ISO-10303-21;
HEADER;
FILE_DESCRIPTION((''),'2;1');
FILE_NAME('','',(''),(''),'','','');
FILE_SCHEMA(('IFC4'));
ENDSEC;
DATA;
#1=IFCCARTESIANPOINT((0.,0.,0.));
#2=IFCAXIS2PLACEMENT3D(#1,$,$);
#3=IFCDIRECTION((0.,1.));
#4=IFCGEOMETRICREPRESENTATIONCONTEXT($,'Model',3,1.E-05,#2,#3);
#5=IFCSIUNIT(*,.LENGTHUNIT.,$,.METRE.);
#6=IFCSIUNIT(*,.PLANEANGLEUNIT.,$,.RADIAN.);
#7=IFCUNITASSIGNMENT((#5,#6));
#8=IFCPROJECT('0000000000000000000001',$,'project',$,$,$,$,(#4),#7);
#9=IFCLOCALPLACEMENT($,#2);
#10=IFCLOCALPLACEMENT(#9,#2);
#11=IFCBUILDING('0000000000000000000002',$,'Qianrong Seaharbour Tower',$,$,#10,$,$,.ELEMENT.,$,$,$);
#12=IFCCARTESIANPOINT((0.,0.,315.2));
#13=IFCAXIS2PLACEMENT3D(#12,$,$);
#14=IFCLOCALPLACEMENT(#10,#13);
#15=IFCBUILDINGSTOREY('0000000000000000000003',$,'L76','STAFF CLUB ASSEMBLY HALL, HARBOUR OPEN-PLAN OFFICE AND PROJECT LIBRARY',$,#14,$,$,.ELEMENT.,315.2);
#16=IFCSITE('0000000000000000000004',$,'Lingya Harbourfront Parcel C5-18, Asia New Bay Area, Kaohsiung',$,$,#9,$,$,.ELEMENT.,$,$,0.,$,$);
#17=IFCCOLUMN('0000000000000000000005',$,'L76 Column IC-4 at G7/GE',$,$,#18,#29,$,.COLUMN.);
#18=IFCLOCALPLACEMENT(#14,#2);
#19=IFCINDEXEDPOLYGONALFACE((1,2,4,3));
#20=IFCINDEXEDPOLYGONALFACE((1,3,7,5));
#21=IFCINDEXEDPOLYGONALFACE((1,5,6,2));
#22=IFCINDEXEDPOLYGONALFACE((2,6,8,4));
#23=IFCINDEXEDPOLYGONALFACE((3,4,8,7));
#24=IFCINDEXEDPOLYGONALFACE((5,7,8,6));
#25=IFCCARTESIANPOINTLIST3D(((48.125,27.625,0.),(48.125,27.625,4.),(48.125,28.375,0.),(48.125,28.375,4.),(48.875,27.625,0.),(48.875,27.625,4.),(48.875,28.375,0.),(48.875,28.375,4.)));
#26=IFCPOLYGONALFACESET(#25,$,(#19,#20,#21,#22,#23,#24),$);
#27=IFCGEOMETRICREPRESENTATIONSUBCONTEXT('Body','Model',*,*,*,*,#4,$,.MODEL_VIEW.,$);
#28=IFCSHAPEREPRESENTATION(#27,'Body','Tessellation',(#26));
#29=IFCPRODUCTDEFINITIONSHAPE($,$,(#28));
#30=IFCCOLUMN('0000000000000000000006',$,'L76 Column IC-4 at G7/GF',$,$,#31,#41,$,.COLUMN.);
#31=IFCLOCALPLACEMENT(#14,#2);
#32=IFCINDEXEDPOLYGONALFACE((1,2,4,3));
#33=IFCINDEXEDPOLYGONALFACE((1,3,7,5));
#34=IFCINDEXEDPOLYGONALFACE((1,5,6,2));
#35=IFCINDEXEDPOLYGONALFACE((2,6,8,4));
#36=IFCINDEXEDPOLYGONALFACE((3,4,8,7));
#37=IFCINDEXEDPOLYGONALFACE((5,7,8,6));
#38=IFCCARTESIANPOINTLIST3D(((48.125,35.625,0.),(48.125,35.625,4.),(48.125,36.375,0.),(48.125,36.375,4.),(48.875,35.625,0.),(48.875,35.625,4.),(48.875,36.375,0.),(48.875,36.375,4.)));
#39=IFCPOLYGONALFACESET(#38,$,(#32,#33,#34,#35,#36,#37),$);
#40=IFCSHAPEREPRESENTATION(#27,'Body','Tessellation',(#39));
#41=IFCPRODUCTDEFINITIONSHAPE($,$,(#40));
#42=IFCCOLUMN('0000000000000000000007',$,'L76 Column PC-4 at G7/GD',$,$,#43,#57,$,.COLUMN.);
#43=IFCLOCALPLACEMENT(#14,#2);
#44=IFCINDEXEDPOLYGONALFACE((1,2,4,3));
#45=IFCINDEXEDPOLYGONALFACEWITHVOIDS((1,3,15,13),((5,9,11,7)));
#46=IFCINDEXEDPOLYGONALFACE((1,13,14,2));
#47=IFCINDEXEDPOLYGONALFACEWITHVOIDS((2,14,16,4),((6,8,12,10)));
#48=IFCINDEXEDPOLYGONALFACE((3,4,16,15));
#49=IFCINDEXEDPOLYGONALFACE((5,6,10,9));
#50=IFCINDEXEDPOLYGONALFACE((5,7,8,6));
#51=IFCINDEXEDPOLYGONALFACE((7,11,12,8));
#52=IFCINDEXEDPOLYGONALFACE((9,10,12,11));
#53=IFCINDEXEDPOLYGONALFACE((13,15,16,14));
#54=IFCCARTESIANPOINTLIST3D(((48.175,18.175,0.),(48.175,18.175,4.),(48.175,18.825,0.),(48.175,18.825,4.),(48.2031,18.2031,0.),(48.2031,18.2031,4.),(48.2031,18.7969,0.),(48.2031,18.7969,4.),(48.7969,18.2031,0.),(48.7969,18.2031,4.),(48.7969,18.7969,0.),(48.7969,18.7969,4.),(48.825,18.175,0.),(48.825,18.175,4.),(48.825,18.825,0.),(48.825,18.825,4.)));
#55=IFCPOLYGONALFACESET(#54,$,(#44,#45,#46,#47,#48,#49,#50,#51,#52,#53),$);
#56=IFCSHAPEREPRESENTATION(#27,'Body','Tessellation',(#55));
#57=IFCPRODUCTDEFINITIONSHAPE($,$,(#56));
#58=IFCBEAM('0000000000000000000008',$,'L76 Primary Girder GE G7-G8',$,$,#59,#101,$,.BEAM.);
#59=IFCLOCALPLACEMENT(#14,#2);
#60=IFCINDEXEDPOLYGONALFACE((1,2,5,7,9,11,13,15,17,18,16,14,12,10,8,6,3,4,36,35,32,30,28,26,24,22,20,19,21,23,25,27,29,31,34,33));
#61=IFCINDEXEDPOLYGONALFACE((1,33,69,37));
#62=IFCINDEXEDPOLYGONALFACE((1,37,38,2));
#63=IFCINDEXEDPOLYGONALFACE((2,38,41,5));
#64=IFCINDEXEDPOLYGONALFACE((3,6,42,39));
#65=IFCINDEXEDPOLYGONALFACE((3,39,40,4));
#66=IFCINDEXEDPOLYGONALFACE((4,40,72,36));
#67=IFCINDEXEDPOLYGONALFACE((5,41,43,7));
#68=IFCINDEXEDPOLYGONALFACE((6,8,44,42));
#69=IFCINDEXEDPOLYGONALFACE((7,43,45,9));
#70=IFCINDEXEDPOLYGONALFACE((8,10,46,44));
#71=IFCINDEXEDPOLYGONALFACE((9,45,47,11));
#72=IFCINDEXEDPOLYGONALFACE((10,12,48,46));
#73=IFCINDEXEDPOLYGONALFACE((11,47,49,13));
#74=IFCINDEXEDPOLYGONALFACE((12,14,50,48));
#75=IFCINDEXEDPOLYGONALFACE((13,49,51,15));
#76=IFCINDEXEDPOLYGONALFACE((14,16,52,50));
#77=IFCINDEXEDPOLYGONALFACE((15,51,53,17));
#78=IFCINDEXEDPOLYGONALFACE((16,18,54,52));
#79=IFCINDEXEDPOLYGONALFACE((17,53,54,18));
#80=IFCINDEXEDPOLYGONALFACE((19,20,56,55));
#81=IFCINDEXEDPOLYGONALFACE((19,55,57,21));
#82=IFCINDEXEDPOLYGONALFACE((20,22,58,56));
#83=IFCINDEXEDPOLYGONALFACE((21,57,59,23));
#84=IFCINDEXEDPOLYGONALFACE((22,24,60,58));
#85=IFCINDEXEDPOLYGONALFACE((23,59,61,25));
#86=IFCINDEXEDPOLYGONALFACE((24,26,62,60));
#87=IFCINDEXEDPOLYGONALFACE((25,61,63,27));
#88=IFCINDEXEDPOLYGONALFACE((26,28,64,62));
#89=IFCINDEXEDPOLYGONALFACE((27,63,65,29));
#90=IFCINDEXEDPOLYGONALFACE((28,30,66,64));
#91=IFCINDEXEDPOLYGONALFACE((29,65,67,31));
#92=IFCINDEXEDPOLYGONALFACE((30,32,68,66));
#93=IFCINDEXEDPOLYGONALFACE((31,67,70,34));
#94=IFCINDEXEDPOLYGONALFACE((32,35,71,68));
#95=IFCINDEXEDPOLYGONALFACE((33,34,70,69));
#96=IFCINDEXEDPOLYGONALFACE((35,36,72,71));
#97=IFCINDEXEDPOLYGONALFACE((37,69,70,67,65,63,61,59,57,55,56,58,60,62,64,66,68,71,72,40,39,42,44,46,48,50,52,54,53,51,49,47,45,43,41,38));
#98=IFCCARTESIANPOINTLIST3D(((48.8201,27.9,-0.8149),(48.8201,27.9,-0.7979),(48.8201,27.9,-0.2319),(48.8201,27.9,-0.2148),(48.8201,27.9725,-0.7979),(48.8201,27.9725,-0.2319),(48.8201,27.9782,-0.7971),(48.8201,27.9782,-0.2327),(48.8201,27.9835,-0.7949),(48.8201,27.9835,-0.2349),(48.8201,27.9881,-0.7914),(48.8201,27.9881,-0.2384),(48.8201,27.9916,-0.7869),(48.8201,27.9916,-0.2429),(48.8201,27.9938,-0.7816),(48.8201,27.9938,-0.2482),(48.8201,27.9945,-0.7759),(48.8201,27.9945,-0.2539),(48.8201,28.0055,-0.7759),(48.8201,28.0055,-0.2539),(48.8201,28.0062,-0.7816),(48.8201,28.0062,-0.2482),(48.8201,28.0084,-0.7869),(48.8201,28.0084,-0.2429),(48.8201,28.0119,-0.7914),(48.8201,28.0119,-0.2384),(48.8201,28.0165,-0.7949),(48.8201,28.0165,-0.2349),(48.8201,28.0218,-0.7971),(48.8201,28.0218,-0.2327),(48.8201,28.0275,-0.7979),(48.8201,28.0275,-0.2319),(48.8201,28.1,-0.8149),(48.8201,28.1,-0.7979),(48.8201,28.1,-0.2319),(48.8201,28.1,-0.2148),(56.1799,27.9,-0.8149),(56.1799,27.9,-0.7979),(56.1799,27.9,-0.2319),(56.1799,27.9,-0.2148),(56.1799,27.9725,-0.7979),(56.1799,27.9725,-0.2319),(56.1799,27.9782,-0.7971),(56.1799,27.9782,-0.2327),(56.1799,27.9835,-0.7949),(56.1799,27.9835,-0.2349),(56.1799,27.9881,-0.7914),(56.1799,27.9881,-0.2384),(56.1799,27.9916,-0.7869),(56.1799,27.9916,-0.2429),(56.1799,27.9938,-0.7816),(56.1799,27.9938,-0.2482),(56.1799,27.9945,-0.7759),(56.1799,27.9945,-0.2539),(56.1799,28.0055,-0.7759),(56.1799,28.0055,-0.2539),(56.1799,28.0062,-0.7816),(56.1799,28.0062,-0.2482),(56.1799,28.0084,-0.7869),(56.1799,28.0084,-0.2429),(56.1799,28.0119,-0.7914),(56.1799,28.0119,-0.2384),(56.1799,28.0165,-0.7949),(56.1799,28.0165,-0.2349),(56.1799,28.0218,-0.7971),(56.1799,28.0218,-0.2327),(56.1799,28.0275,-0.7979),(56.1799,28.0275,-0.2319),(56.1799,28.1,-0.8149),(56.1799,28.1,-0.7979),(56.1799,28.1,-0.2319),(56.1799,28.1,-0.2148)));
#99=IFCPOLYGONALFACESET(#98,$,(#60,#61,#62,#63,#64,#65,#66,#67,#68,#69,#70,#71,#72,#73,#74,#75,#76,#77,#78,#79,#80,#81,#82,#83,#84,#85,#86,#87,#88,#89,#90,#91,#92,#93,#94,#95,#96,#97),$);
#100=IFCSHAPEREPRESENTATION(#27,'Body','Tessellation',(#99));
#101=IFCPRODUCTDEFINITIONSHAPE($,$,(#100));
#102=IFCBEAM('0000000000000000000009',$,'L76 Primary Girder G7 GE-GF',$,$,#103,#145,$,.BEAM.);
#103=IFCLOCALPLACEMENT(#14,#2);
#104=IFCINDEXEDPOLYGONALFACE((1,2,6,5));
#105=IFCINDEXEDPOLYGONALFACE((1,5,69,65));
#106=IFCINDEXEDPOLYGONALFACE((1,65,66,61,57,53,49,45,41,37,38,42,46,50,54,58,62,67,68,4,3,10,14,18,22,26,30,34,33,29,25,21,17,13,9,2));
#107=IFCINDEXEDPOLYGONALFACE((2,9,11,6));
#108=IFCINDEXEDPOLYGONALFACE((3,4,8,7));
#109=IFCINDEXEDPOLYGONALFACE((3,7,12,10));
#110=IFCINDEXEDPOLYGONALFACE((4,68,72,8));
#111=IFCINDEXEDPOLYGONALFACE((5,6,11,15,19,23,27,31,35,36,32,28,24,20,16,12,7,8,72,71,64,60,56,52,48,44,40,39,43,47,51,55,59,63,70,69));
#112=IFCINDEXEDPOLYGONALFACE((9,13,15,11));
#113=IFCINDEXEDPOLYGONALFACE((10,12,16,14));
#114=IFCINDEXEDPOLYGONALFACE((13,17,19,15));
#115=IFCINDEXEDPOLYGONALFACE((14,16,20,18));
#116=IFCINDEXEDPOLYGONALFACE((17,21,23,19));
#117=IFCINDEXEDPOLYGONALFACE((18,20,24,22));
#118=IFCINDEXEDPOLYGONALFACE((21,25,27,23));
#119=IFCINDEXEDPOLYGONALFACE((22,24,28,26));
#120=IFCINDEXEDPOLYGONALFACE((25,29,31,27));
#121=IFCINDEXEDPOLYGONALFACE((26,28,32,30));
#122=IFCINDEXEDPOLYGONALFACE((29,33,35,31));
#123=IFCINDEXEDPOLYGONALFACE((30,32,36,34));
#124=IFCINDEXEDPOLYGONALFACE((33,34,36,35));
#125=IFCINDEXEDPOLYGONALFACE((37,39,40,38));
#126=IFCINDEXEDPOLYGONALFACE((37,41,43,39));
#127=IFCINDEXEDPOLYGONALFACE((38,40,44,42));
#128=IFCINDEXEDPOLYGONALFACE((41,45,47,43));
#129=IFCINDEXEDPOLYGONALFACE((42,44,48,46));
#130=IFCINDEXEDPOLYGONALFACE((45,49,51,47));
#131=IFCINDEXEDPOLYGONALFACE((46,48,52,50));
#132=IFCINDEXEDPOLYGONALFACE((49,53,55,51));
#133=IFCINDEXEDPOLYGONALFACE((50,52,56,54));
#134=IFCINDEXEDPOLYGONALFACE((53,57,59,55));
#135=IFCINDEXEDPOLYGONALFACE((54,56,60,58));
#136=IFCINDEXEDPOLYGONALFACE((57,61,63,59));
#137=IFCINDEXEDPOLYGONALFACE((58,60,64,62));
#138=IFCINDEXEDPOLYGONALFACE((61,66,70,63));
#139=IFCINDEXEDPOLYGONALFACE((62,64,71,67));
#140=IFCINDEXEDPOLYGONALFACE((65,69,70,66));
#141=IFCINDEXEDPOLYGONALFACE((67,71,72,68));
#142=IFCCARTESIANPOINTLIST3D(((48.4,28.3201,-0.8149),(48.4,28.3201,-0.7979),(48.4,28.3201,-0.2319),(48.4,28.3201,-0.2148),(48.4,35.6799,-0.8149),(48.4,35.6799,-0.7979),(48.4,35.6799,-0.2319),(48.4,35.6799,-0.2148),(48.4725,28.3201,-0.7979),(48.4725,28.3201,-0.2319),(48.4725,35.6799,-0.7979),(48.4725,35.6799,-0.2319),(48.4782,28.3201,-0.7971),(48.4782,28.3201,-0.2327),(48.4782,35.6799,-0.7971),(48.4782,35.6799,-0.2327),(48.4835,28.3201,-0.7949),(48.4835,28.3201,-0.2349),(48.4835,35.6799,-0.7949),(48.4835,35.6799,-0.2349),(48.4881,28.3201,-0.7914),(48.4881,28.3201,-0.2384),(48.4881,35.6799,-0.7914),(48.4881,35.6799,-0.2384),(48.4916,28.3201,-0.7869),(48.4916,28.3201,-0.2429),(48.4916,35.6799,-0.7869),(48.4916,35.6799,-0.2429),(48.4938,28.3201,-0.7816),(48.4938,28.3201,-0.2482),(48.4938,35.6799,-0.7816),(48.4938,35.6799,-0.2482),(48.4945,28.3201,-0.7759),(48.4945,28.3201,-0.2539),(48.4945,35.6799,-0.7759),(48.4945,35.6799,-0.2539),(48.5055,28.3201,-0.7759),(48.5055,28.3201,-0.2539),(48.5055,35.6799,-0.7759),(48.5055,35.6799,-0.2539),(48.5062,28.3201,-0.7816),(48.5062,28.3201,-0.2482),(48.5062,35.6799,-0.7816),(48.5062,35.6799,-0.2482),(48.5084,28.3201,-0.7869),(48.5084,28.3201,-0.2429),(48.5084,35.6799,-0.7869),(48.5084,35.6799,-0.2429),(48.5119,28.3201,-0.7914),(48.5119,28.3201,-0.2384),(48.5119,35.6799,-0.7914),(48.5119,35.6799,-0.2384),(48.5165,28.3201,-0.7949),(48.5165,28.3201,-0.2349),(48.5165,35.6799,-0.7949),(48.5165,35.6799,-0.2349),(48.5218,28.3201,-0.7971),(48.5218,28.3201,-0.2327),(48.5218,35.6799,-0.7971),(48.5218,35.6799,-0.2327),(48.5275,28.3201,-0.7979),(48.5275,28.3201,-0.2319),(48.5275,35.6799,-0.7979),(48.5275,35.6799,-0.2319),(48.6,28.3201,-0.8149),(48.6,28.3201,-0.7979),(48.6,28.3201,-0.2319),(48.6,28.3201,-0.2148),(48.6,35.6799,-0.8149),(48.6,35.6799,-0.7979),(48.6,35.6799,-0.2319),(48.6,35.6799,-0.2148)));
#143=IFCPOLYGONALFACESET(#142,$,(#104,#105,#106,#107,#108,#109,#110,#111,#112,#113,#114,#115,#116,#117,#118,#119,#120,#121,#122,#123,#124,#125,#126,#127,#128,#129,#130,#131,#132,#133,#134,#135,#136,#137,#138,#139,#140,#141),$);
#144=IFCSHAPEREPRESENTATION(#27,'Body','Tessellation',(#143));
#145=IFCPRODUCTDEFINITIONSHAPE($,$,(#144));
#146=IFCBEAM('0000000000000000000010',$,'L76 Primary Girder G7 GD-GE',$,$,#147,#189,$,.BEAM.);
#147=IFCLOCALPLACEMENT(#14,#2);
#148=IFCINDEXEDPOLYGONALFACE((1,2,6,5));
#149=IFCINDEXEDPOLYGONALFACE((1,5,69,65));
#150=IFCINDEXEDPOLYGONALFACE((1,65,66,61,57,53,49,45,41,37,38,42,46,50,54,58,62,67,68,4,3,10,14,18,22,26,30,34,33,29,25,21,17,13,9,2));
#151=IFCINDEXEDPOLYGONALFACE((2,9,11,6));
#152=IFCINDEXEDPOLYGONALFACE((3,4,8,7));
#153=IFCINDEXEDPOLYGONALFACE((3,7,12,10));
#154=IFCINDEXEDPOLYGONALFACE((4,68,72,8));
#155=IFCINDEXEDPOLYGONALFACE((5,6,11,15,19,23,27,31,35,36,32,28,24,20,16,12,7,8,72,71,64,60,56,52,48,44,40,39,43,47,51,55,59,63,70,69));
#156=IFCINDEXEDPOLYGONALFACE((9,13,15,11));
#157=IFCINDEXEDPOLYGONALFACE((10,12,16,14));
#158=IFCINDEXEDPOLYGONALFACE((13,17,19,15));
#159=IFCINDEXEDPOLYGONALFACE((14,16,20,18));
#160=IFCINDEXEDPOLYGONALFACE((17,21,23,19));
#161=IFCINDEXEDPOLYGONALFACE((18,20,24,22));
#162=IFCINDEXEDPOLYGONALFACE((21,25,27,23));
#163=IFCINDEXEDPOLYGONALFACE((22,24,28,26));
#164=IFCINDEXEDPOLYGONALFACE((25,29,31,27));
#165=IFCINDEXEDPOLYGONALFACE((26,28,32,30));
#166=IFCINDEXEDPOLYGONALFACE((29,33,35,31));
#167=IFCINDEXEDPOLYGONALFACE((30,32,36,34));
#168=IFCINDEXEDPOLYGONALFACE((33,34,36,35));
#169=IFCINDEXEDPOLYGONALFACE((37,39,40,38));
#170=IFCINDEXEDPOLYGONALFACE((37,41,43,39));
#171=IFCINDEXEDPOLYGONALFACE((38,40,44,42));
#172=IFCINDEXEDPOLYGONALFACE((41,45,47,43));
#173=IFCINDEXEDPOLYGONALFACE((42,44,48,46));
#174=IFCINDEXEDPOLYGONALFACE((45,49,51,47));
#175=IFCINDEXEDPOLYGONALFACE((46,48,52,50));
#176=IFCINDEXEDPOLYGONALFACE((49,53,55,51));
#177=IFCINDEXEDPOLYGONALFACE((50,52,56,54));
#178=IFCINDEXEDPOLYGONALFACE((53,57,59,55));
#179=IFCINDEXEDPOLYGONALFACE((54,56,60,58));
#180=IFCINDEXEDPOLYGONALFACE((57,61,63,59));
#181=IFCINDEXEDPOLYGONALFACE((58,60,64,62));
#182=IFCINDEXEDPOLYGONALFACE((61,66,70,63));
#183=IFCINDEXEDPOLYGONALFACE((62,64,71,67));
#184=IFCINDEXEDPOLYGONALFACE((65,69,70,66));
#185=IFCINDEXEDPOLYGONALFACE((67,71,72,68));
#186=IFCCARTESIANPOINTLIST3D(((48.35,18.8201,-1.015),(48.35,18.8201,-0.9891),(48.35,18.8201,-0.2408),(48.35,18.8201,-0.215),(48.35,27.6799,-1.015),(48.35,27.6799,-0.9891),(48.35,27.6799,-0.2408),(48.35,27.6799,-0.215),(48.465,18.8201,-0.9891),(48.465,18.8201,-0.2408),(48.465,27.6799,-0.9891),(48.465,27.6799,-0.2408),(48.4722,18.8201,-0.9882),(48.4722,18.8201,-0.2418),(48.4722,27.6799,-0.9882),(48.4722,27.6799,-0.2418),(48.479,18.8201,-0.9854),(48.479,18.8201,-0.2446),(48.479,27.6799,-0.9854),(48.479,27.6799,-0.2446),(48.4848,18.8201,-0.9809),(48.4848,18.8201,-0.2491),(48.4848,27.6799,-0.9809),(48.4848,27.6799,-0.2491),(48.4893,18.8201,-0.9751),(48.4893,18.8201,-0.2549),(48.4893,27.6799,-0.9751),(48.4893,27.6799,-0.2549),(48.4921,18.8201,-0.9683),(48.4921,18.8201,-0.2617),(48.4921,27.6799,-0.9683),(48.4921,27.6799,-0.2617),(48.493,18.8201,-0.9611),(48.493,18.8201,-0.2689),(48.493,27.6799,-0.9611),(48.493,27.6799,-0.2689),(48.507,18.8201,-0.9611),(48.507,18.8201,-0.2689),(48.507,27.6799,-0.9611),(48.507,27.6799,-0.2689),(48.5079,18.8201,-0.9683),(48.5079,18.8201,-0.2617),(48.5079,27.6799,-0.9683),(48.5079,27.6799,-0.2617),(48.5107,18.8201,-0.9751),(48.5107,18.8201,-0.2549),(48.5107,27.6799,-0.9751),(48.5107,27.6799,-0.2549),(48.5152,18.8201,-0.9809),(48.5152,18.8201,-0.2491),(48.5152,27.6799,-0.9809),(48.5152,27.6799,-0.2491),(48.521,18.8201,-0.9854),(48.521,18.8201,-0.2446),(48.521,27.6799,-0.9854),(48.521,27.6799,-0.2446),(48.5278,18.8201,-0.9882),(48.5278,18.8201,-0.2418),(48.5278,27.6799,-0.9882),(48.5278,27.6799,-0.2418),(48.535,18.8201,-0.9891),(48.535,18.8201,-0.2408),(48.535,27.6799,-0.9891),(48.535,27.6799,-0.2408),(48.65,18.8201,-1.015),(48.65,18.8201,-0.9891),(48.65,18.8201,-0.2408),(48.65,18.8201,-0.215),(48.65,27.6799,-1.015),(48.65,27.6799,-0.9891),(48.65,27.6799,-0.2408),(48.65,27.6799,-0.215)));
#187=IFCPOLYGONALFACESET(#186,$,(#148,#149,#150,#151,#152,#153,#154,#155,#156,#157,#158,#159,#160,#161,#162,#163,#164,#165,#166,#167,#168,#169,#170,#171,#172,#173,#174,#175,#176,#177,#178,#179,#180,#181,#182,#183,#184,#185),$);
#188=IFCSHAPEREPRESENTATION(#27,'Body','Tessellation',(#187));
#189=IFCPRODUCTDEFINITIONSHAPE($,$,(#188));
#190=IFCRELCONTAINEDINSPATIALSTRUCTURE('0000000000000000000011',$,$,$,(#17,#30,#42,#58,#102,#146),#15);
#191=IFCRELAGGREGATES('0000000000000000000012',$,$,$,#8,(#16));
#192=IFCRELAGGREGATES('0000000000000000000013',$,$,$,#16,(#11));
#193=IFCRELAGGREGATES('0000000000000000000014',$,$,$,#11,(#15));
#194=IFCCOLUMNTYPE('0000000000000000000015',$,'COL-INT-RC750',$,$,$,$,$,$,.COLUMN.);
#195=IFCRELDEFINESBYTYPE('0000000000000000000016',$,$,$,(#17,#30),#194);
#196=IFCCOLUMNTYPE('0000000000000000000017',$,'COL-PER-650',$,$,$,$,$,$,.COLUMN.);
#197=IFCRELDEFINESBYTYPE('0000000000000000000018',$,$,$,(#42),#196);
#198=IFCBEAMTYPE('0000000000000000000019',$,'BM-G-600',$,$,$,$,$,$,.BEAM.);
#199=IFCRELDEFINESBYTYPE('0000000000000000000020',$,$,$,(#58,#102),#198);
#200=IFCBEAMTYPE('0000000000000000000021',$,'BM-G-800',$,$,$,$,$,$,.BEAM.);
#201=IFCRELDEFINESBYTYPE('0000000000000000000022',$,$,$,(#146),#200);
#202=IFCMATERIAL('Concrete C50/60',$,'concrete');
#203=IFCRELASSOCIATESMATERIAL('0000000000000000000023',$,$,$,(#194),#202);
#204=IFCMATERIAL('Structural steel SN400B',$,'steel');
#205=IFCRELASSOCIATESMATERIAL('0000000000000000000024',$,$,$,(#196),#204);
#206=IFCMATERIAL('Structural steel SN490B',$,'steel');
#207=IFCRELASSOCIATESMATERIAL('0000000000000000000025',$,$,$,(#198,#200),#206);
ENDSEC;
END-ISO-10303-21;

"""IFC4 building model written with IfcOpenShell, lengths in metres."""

from ifc_helpers import new_model, si_unit, direction, frame, origin, origin_2d, place, context, subcontext, project, spatial, rectangle, hollow_rectangle, i_section, extrude, material, material_profile, profile_set, type_object, element, save


model = new_model("IFC4")

# Units and contexts
model_context = context("Model", 3, precision=1e-05, world=origin(), true_north=direction((0.0, 1.0)))
body_context = subcontext(model_context, "Body", "Model", "MODEL_VIEW")
ifc_project = project(units=[si_unit("LENGTHUNIT", "METRE"), si_unit("PLANEANGLEUNIT", "RADIAN")], contexts=[model_context])

# Site, building, storey
site_placement = place(None, origin())
site = spatial("IfcSite", under=ifc_project, at=site_placement, Name="Lingya Harbourfront Parcel C5-18, Asia New Bay Area, Kaohsiung", CompositionType="ELEMENT", RefElevation=0.0)
building_placement = place(site_placement, origin())
building = spatial("IfcBuilding", under=site, at=building_placement, Name="Qianrong Seaharbour Tower", CompositionType="ELEMENT")
storey_placement = place(building_placement, frame((0.0, 0.0, 315.2)))
storey = spatial("IfcBuildingStorey", under=building, at=storey_placement, Name="L76", Description="STAFF CLUB ASSEMBLY HALL, HARBOUR OPEN-PLAN OFFICE AND PROJECT LIBRARY", CompositionType="ELEMENT", Elevation=315.2)

# Columns
ifc_material_1 = material(Name="Concrete C50/60", Category="concrete")
ifc_material_profile_1 = material_profile(ifc_material_1, rectangle(XDim=0.75, YDim=0.75, at=origin_2d()), Name="RC750x750")
ifc_profile_set_1 = profile_set([ifc_material_profile_1], Name="Concrete C50/60")
column_type_1 = type_object("IfcColumnType", Name="COL-INT-RC750", PredefinedType="COLUMN", material=ifc_profile_set_1)
for number, where, z_axis, x_axis, name in (
    (1, (48.5, 28.0, 0.0), (0.0, 0.0, 1.0), (1.0, 0.0, 0.0), "L76 Column IC-4 at G7/GE"),
    (2, (48.5, 36.0, 0.0), (0.0, 0.0, 1.0), (1.0, 0.0, 0.0), "L76 Column IC-4 at G7/GF"),
):
    element("IfcColumn", number, at=place(storey_placement, frame(where, z_axis=z_axis, x_axis=x_axis)), inside=storey, type_object=column_type_1, Name=name, PredefinedType="COLUMN", context=body_context, shape_type="SweptSolid", body=[
        extrude(rectangle(XDim=0.75, YDim=0.75, at=origin_2d()), origin(), (0.0, 0.0, 1.0), 4.0),
    ])
ifc_material_2 = material(Name="Structural steel SN400B", Category="steel")
ifc_material_profile_2 = material_profile(ifc_material_2, hollow_rectangle(XDim=0.6499, YDim=0.6499, WallThickness=0.0281, at=origin_2d()), Name="BOX650x650x28")
ifc_profile_set_2 = profile_set([ifc_material_profile_2], Name="Structural steel SN400B")
column_type_2 = type_object("IfcColumnType", Name="COL-PER-650", PredefinedType="COLUMN", material=ifc_profile_set_2)
column_placement = place(storey_placement, frame((48.5, 18.5, 0.0), z_axis=(0.0, 0.0, 1.0), x_axis=(1.0, 0.0, 0.0)))
element("IfcColumn", 3, at=column_placement, inside=storey, type_object=column_type_2, Name="L76 Column PC-4 at G7/GD", PredefinedType="COLUMN", context=body_context, shape_type="SweptSolid", body=[
    extrude(hollow_rectangle(XDim=0.6499, YDim=0.6499, WallThickness=0.0281, at=origin_2d()), origin(), (0.0, 0.0, 1.0), 4.0),
])

# Beams
ifc_material_3 = material(Name="Structural steel SN490B", Category="steel")
ifc_material_profile_3 = material_profile(ifc_material_3, i_section(OverallWidth=0.2, OverallDepth=0.6001, WebThickness=0.011, FlangeThickness=0.0171, FilletRadius=0.022, at=origin_2d()), Name="H600x200x11x17")
ifc_profile_set_3 = profile_set([ifc_material_profile_3], Name="Structural steel SN490B")
beam_type_1 = type_object("IfcBeamType", Name="BM-G-600", PredefinedType="BEAM", material=ifc_profile_set_3)
for number, where, z_axis, x_axis, name in (
    (4, (48.8201, 28.0, -0.5149), (1.0, 0.0, 0.0), (0.0, 1.0, 0.0), "L76 Primary Girder GE G7-G8"),
    (5, (48.5, 28.3201, -0.5149), (0.0, 1.0, 0.0), (-1.0, 0.0, 0.0), "L76 Primary Girder G7 GE-GF"),
):
    element("IfcBeam", number, at=place(storey_placement, frame(where, z_axis=z_axis, x_axis=x_axis)), inside=storey, type_object=beam_type_1, Name=name, PredefinedType="BEAM", context=body_context, shape_type="SweptSolid", body=[
        extrude(i_section(OverallWidth=0.2, OverallDepth=0.6001, WebThickness=0.011, FlangeThickness=0.0171, FilletRadius=0.022, at=origin_2d()), origin(), (0.0, 0.0, 1.0), 7.3599),
    ])
ifc_material_profile_4 = material_profile(ifc_material_3, i_section(OverallWidth=0.3, OverallDepth=0.8, WebThickness=0.0139, FlangeThickness=0.0259, FilletRadius=0.0281, at=origin_2d()), Name="H800x300x14x26")
ifc_profile_set_4 = profile_set([ifc_material_profile_4], Name="Structural steel SN490B")
beam_type_2 = type_object("IfcBeamType", Name="BM-G-800", PredefinedType="BEAM", material=ifc_profile_set_4)
beam_1_placement = place(storey_placement, frame((48.5, 18.8201, -0.615), z_axis=(0.0, 1.0, 0.0), x_axis=(-1.0, 0.0, 0.0)))
element("IfcBeam", 6, at=beam_1_placement, inside=storey, type_object=beam_type_2, Name="L76 Primary Girder G7 GD-GE", PredefinedType="BEAM", context=body_context, shape_type="SweptSolid", body=[
    extrude(i_section(OverallWidth=0.3, OverallDepth=0.8, WebThickness=0.0139, FlangeThickness=0.0259, FilletRadius=0.0281, at=origin_2d()), origin(), (0.0, 0.0, 1.0), 8.8599),
])

save(model, "model.ifc")
